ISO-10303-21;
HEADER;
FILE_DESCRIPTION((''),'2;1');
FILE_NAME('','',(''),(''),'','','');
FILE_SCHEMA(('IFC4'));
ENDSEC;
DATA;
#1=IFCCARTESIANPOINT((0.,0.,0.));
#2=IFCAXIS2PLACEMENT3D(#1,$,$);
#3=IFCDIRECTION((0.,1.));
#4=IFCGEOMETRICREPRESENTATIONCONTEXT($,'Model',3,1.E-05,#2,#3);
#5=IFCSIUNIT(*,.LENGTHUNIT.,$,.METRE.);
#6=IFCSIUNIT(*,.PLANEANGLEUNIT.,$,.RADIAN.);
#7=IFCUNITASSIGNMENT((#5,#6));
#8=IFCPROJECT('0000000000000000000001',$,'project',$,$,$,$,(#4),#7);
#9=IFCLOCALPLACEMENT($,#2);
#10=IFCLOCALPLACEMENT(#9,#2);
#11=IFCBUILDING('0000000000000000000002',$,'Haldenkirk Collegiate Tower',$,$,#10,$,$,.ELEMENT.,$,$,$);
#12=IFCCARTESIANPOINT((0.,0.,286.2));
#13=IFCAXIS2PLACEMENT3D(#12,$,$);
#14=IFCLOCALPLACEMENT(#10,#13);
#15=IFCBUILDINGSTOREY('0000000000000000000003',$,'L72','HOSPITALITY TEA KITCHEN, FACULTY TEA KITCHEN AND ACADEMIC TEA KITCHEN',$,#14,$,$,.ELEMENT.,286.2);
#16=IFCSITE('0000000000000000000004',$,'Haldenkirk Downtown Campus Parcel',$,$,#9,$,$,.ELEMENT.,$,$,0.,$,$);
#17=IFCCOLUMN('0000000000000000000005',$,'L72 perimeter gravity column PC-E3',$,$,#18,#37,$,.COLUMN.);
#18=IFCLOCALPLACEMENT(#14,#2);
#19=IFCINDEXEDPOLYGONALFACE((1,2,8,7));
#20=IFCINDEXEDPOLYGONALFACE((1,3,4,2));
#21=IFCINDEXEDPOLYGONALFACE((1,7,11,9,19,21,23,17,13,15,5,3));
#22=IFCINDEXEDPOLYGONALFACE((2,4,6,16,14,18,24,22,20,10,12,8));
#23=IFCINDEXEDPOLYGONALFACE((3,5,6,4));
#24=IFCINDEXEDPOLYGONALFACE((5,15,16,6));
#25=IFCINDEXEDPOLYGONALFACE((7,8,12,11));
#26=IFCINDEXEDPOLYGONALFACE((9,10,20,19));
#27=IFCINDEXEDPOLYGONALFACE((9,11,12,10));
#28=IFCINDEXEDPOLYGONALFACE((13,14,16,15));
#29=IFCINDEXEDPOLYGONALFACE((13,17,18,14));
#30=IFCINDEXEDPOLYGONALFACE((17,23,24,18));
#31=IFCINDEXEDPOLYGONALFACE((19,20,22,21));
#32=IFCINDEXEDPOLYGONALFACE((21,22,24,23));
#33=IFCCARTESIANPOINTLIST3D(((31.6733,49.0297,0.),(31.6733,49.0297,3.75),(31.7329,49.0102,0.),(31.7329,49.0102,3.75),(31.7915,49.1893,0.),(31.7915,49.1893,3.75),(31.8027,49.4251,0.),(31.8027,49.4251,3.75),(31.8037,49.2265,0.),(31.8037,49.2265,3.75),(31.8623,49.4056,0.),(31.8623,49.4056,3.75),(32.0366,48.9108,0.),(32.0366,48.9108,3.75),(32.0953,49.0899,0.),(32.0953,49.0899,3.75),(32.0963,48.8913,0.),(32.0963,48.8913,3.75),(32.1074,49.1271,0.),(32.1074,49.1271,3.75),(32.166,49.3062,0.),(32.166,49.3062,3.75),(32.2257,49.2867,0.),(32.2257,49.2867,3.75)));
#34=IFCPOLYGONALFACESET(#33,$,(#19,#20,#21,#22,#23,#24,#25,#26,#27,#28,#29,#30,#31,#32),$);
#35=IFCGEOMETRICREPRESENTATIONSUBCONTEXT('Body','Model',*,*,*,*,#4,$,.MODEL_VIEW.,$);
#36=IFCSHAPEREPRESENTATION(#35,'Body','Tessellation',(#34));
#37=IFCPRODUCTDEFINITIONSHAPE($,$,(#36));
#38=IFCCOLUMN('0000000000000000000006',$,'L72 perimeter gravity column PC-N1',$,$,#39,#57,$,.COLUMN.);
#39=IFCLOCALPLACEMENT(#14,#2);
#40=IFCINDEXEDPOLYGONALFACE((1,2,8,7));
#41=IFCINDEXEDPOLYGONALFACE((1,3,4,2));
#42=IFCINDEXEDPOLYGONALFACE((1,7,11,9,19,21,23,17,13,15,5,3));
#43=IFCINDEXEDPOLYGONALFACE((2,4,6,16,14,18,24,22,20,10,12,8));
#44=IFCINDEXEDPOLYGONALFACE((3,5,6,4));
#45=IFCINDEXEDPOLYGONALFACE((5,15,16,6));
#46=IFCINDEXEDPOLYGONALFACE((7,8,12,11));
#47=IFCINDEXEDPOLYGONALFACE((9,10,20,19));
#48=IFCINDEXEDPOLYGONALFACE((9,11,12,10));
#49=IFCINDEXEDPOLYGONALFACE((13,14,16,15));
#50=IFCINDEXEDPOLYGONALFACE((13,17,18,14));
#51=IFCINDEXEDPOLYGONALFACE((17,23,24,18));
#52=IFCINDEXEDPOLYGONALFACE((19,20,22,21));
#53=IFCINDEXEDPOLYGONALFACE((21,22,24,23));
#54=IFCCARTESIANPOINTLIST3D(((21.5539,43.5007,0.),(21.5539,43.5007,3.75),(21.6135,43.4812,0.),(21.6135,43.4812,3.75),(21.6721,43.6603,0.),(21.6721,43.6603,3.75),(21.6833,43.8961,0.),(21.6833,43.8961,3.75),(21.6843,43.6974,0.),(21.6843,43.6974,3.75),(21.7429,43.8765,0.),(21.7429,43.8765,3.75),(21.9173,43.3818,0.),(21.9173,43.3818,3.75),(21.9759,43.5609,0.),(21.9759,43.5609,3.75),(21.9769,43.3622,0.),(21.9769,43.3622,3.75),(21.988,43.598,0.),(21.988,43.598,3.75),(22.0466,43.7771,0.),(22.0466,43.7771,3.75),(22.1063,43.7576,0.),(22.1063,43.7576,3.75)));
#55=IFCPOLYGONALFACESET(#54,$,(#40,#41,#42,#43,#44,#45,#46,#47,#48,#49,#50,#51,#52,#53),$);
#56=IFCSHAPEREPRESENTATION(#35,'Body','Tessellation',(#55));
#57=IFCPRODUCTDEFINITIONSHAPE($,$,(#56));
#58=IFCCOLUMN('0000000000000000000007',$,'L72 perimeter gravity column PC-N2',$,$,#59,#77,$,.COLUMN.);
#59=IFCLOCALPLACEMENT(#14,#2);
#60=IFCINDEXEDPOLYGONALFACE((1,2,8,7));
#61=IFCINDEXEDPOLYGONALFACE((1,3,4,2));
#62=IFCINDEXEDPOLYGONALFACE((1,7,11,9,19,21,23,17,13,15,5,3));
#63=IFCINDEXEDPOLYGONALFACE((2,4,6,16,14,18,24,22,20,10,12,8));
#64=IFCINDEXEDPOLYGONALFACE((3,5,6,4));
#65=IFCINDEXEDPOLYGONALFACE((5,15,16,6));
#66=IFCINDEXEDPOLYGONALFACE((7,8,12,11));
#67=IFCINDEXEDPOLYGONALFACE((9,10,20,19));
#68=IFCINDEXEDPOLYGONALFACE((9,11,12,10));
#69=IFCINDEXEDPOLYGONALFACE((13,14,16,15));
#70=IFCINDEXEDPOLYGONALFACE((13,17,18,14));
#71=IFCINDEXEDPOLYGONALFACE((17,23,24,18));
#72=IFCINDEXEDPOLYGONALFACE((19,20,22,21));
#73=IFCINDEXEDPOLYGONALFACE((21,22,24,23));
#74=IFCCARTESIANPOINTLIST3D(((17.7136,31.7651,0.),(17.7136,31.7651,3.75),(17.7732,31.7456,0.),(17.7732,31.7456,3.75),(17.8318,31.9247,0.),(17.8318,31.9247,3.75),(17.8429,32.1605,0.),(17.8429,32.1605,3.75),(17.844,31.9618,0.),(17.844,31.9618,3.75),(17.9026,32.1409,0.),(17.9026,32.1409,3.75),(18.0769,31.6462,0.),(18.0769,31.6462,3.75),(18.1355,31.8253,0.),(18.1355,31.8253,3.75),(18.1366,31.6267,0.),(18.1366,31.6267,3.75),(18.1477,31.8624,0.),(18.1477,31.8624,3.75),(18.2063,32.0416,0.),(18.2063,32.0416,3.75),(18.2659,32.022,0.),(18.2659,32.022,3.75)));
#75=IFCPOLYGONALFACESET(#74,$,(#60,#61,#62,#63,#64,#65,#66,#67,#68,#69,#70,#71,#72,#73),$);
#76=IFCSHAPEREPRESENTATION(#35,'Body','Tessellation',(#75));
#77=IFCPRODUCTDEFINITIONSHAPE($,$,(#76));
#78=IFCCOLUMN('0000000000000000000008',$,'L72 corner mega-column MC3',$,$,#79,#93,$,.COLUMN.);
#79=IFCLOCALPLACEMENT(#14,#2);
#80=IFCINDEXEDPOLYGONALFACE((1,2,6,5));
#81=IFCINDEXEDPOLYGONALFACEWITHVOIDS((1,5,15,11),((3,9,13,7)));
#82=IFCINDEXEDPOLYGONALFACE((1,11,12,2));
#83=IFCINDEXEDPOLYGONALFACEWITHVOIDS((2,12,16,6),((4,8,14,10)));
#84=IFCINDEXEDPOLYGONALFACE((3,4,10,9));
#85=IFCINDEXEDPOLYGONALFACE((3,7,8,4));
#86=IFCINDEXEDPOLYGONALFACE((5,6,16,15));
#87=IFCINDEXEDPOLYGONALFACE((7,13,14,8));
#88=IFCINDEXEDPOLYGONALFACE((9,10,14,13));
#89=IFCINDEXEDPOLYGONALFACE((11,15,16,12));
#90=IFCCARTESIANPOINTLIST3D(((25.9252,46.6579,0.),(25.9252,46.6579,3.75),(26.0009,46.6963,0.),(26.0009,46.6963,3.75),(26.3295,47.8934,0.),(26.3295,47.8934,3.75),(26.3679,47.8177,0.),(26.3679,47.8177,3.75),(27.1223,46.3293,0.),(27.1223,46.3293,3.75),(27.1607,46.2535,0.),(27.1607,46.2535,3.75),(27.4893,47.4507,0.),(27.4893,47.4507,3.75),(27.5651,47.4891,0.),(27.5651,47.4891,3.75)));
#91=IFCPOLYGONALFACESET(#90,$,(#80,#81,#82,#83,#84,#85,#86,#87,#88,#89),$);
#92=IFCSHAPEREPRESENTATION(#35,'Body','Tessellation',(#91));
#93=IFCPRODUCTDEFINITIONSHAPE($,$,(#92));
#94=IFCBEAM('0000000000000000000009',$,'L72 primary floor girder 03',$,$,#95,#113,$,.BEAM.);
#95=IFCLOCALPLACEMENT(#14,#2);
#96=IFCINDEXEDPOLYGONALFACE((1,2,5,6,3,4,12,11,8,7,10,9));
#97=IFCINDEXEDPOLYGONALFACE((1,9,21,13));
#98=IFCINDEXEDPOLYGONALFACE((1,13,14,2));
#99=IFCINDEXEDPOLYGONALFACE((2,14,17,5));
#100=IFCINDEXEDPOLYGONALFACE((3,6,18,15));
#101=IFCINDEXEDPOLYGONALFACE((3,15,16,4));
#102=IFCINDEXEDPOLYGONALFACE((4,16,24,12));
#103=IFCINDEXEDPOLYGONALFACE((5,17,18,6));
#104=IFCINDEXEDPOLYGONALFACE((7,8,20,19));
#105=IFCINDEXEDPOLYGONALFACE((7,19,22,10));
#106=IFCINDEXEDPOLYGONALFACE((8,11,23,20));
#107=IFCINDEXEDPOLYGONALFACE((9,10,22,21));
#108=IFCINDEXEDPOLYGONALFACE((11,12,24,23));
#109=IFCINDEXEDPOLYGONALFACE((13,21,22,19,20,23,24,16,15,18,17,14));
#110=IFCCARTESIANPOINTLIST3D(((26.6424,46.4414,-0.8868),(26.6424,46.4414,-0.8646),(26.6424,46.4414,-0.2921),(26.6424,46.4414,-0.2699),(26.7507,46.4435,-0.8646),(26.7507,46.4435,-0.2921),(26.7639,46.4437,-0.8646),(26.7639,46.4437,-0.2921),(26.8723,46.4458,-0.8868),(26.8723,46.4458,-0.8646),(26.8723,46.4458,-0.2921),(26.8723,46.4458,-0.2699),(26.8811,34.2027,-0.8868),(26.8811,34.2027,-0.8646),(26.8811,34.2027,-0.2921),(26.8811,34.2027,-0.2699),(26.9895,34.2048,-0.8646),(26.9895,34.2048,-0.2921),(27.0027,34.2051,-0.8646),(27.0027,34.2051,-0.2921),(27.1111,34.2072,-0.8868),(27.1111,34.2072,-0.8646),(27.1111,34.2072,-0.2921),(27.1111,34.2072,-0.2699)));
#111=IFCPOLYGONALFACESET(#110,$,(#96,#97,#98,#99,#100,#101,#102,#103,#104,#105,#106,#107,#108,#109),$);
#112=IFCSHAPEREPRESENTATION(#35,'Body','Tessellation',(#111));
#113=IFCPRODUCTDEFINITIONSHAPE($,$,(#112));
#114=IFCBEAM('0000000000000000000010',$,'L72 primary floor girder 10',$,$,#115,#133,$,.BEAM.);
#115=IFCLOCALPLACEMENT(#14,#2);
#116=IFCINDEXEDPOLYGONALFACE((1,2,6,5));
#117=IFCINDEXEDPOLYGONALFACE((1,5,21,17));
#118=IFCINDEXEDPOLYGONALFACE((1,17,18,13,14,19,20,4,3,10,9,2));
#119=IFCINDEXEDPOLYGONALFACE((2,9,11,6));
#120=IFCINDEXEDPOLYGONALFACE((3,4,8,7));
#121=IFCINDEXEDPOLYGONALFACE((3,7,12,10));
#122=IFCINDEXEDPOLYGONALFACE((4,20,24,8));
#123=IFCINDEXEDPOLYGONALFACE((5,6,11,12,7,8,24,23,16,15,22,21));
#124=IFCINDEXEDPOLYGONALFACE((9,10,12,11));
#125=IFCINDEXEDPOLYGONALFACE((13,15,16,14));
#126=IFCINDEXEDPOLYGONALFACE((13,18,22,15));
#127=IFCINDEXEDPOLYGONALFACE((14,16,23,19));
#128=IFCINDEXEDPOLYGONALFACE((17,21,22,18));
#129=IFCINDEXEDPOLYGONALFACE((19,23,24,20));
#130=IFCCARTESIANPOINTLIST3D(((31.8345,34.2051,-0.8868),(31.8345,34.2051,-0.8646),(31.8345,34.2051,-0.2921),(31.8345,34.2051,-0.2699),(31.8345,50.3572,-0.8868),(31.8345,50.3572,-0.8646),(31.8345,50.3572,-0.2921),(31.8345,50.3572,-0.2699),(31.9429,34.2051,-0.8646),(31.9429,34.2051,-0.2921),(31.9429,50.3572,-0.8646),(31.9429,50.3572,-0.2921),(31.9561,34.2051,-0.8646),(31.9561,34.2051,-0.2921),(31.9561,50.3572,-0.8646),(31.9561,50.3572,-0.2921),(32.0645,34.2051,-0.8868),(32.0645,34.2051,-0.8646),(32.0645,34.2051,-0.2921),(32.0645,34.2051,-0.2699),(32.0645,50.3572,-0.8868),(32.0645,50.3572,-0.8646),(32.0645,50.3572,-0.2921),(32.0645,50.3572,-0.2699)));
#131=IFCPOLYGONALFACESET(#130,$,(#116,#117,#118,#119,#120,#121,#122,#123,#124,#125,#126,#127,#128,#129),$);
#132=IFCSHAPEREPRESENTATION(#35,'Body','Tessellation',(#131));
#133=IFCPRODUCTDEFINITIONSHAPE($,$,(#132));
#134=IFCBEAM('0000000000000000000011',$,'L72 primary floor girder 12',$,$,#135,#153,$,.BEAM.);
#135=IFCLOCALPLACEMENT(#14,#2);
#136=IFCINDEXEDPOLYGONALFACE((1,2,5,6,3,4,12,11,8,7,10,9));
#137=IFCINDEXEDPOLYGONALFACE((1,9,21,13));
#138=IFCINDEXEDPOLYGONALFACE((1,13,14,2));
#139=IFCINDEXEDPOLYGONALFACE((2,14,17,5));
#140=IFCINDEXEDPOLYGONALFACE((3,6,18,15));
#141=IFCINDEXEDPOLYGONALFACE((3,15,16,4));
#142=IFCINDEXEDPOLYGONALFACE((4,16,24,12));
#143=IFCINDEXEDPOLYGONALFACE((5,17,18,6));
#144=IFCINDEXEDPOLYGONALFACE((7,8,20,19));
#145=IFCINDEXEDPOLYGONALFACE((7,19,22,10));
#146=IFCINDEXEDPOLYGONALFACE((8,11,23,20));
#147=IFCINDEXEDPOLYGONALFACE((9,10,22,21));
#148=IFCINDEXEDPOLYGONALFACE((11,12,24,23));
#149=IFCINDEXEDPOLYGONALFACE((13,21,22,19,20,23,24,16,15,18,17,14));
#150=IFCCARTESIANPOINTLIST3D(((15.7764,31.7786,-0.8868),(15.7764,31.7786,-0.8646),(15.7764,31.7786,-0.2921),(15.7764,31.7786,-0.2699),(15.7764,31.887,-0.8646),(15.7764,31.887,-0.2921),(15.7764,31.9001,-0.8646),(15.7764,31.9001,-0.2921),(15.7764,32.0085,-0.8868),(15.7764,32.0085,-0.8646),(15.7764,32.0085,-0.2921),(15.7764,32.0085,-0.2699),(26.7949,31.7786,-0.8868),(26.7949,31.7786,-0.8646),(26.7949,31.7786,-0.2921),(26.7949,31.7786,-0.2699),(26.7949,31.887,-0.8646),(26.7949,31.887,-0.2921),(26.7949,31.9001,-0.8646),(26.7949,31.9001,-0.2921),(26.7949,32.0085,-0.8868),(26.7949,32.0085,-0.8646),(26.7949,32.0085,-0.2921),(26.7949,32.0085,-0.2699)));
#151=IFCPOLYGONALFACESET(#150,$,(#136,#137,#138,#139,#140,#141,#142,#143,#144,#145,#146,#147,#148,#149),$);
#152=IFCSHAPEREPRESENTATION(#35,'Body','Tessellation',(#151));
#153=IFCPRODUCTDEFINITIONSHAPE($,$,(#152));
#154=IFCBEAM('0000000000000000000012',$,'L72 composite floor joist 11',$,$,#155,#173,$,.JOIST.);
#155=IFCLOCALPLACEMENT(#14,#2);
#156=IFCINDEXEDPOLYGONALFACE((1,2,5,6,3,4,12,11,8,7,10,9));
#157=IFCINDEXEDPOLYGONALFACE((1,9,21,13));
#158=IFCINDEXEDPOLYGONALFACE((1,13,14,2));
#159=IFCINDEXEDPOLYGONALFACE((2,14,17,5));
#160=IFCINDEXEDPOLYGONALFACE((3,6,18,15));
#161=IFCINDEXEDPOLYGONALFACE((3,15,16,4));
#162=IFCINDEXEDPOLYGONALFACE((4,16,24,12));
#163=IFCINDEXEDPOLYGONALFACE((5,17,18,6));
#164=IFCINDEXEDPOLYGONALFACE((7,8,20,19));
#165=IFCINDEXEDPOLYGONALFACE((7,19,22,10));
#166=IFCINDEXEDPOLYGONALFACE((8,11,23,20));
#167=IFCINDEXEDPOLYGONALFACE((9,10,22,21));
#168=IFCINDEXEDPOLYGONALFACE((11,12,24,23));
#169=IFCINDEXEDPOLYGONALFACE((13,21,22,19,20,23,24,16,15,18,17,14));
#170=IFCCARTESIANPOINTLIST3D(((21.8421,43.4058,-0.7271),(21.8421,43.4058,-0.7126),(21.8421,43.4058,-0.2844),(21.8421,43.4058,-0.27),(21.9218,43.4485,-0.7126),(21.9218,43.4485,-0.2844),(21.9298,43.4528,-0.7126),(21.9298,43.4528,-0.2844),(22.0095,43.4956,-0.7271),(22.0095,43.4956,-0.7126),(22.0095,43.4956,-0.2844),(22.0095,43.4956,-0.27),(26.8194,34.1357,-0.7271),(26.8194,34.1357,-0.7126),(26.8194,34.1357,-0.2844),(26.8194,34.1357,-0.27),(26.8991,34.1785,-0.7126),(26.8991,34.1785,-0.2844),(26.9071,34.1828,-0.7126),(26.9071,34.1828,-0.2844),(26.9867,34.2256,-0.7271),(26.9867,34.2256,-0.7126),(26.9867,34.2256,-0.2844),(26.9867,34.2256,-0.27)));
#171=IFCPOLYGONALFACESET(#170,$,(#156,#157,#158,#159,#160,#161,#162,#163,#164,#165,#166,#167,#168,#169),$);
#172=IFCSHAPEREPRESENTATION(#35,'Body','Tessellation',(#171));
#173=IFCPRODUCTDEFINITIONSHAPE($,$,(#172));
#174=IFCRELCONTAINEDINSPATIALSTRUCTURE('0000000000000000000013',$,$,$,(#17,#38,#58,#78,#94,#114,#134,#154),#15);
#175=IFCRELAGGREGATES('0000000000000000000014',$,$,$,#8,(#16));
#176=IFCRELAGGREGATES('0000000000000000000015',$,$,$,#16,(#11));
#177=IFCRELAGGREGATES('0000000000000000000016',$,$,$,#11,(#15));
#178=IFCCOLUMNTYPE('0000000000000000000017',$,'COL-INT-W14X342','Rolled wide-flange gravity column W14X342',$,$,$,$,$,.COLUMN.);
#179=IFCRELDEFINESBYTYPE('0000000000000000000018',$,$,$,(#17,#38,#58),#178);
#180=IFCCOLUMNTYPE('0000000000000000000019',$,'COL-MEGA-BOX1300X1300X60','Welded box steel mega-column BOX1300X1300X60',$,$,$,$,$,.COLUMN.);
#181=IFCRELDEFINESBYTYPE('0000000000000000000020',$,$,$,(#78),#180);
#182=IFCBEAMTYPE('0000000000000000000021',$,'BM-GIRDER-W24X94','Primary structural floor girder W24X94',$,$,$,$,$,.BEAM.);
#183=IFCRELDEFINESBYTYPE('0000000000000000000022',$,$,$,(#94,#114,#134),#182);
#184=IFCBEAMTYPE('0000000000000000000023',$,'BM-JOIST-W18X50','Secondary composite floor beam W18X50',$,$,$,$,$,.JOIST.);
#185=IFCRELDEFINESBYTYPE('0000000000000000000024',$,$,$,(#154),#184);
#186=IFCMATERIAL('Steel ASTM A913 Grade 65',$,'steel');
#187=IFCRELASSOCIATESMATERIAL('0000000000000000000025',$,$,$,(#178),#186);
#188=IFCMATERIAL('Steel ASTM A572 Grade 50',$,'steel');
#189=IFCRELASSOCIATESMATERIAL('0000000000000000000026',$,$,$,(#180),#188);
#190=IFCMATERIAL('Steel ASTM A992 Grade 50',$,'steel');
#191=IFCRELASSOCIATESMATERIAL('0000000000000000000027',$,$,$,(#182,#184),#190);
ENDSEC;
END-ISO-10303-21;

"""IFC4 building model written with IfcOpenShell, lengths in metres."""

from ifc_helpers import new_model, si_unit, direction, frame, origin, origin_2d, place, context, subcontext, project, spatial, hollow_rectangle, i_section, extrude, material, material_profile, profile_set, type_object, element, save


model = new_model("IFC4")

# Units and contexts
model_context = context("Model", 3, precision=1e-05, world=origin(), true_north=direction((0.0, 1.0)))
body_context = subcontext(model_context, "Body", "Model", "MODEL_VIEW")
ifc_project = project(units=[si_unit("LENGTHUNIT", "METRE"), si_unit("PLANEANGLEUNIT", "RADIAN")], contexts=[model_context])

# Site, building, storey
site_placement = place(None, origin())
site = spatial("IfcSite", under=ifc_project, at=site_placement, Name="Haldenkirk Downtown Campus Parcel", CompositionType="ELEMENT", RefElevation=0.0)
building_placement = place(site_placement, origin())
building = spatial("IfcBuilding", under=site, at=building_placement, Name="Haldenkirk Collegiate Tower", CompositionType="ELEMENT")
storey_placement = place(building_placement, frame((0.0, 0.0, 286.2)))
storey = spatial("IfcBuildingStorey", under=building, at=storey_placement, Name="L72", Description="HOSPITALITY TEA KITCHEN, FACULTY TEA KITCHEN AND ACADEMIC TEA KITCHEN", CompositionType="ELEMENT", Elevation=286.2)

# Columns
ifc_material_1 = material(Name="Steel ASTM A913 Grade 65", Category="steel")
ifc_material_profile_1 = material_profile(ifc_material_1, i_section(OverallWidth=0.416, OverallDepth=0.4451, WebThickness=0.0391, FlangeThickness=0.0627, at=origin_2d()), Name="W14X342")
ifc_profile_set_1 = profile_set([ifc_material_profile_1], Name="Steel ASTM A913 Grade 65")
column_type_1 = type_object("IfcColumnType", Name="COL-INT-W14X342", Description="Rolled wide-flange gravity column W14X342", PredefinedType="COLUMN", material=ifc_profile_set_1)
for number, where, z_axis, x_axis, name in (
    (1, (31.9495, 49.1582, 0.0), (0.0, 0.0, 1.0), (0.311008, 0.950407, 0.0), "L72 perimeter gravity column PC-E3"),
    (2, (21.8301, 43.6292, 0.0), (0.0, 0.0, 1.0), (0.311008, 0.950407, 0.0), "L72 perimeter gravity column PC-N1"),
    (3, (17.9897, 31.8936, 0.0), (0.0, 0.0, 1.0), (0.311008, 0.950407, 0.0), "L72 perimeter gravity column PC-N2"),
):
    element("IfcColumn", number, at=place(storey_placement, frame(where, z_axis=z_axis, x_axis=x_axis)), inside=storey, type_object=column_type_1, Name=name, PredefinedType="COLUMN", context=body_context, shape_type="SweptSolid", body=[
        extrude(i_section(OverallWidth=0.416, OverallDepth=0.4451, WebThickness=0.0391, FlangeThickness=0.0627, at=origin_2d()), origin(), (0.0, 0.0, 1.0), 3.75),
    ])
ifc_material_2 = material(Name="Steel ASTM A572 Grade 50", Category="steel")
ifc_material_profile_2 = material_profile(ifc_material_2, hollow_rectangle(XDim=1.3, YDim=1.3, WallThickness=0.0601, at=origin_2d()), Name="BOX1300X1300X60")
ifc_profile_set_2 = profile_set([ifc_material_profile_2], Name="Steel ASTM A572 Grade 50")
column_type_2 = type_object("IfcColumnType", Name="COL-MEGA-BOX1300X1300X60", Description="Welded box steel mega-column BOX1300X1300X60", PredefinedType="COLUMN", material=ifc_profile_set_2)
column_placement = place(storey_placement, frame((26.7451, 47.0735, 0.0), z_axis=(0.0, 0.0, 1.0), x_axis=(0.311008, 0.950407, 0.0)))
element("IfcColumn", 4, at=column_placement, inside=storey, type_object=column_type_2, Name="L72 corner mega-column MC3", PredefinedType="COLUMN", context=body_context, shape_type="SweptSolid", body=[
    extrude(hollow_rectangle(XDim=1.3, YDim=1.3, WallThickness=0.0601, at=origin_2d()), origin(), (0.0, 0.0, 1.0), 3.75),
])

# Beams
ifc_material_3 = material(Name="Steel ASTM A992 Grade 50", Category="steel")
ifc_material_profile_3 = material_profile(ifc_material_3, i_section(OverallWidth=0.23, OverallDepth=0.6169, WebThickness=0.0132, FlangeThickness=0.0222, at=origin_2d()), Name="W24X94")
ifc_profile_set_3 = profile_set([ifc_material_profile_3], Name="Steel ASTM A992 Grade 50")
beam_type_1 = type_object("IfcBeamType", Name="BM-GIRDER-W24X94", Description="Primary structural floor girder W24X94", PredefinedType="BEAM", material=ifc_profile_set_3)
beam_1_placement = place(storey_placement, frame((26.7573, 46.4436, -0.5784), z_axis=(0.019506, -0.99981, 0.0), x_axis=(0.99981, 0.019506, 0.0)))
element("IfcBeam", 5, at=beam_1_placement, inside=storey, type_object=beam_type_1, Name="L72 primary floor girder 03", PredefinedType="BEAM", context=body_context, shape_type="SweptSolid", body=[
    extrude(i_section(OverallWidth=0.23, OverallDepth=0.6169, WebThickness=0.0132, FlangeThickness=0.0222, at=origin_2d()), origin(), (0.0, 0.0, 1.0), 12.241),
])
beam_2_placement = place(storey_placement, frame((31.9495, 50.3572, -0.5784), z_axis=(0.0, -1.0, 0.0), x_axis=(1.0, 0.0, 0.0)))
element("IfcBeam", 6, at=beam_2_placement, inside=storey, type_object=beam_type_1, Name="L72 primary floor girder 10", PredefinedType="BEAM", context=body_context, shape_type="SweptSolid", body=[
    extrude(i_section(OverallWidth=0.23, OverallDepth=0.6169, WebThickness=0.0132, FlangeThickness=0.0222, at=origin_2d()), origin(), (0.0, 0.0, 1.0), 16.1521),
])
beam_3_placement = place(storey_placement, frame((15.7764, 31.8936, -0.5784), z_axis=(1.0, 0.0, 0.0), x_axis=(0.0, 1.0, 0.0)))
element("IfcBeam", 7, at=beam_3_placement, inside=storey, type_object=beam_type_1, Name="L72 primary floor girder 12", PredefinedType="BEAM", context=body_context, shape_type="SweptSolid", body=[
    extrude(i_section(OverallWidth=0.23, OverallDepth=0.6169, WebThickness=0.0132, FlangeThickness=0.0222, at=origin_2d()), origin(), (0.0, 0.0, 1.0), 11.0186),
])
ifc_material_profile_4 = material_profile(ifc_material_3, i_section(OverallWidth=0.1899, OverallDepth=0.457, WebThickness=0.009, FlangeThickness=0.0144, at=origin_2d()), Name="W18X50")
ifc_profile_set_4 = profile_set([ifc_material_profile_4], Name="Steel ASTM A992 Grade 50")
beam_type_2 = type_object("IfcBeamType", Name="BM-JOIST-W18X50", Description="Secondary composite floor beam W18X50", PredefinedType="JOIST", material=ifc_profile_set_4)
beam_4_placement = place(storey_placement, frame((21.9258, 43.4507, -0.4985), z_axis=(0.473049, -0.881036, 0.0), x_axis=(0.881036, 0.473049, 0.0)))
element("IfcBeam", 8, at=beam_4_placement, inside=storey, type_object=beam_type_2, Name="L72 composite floor joist 11", PredefinedType="JOIST", context=body_context, shape_type="SweptSolid", body=[
    extrude(i_section(OverallWidth=0.1899, OverallDepth=0.457, WebThickness=0.009, FlangeThickness=0.0144, at=origin_2d()), origin(), (0.0, 0.0, 1.0), 10.5217),
])

save(model, "model.ifc")
